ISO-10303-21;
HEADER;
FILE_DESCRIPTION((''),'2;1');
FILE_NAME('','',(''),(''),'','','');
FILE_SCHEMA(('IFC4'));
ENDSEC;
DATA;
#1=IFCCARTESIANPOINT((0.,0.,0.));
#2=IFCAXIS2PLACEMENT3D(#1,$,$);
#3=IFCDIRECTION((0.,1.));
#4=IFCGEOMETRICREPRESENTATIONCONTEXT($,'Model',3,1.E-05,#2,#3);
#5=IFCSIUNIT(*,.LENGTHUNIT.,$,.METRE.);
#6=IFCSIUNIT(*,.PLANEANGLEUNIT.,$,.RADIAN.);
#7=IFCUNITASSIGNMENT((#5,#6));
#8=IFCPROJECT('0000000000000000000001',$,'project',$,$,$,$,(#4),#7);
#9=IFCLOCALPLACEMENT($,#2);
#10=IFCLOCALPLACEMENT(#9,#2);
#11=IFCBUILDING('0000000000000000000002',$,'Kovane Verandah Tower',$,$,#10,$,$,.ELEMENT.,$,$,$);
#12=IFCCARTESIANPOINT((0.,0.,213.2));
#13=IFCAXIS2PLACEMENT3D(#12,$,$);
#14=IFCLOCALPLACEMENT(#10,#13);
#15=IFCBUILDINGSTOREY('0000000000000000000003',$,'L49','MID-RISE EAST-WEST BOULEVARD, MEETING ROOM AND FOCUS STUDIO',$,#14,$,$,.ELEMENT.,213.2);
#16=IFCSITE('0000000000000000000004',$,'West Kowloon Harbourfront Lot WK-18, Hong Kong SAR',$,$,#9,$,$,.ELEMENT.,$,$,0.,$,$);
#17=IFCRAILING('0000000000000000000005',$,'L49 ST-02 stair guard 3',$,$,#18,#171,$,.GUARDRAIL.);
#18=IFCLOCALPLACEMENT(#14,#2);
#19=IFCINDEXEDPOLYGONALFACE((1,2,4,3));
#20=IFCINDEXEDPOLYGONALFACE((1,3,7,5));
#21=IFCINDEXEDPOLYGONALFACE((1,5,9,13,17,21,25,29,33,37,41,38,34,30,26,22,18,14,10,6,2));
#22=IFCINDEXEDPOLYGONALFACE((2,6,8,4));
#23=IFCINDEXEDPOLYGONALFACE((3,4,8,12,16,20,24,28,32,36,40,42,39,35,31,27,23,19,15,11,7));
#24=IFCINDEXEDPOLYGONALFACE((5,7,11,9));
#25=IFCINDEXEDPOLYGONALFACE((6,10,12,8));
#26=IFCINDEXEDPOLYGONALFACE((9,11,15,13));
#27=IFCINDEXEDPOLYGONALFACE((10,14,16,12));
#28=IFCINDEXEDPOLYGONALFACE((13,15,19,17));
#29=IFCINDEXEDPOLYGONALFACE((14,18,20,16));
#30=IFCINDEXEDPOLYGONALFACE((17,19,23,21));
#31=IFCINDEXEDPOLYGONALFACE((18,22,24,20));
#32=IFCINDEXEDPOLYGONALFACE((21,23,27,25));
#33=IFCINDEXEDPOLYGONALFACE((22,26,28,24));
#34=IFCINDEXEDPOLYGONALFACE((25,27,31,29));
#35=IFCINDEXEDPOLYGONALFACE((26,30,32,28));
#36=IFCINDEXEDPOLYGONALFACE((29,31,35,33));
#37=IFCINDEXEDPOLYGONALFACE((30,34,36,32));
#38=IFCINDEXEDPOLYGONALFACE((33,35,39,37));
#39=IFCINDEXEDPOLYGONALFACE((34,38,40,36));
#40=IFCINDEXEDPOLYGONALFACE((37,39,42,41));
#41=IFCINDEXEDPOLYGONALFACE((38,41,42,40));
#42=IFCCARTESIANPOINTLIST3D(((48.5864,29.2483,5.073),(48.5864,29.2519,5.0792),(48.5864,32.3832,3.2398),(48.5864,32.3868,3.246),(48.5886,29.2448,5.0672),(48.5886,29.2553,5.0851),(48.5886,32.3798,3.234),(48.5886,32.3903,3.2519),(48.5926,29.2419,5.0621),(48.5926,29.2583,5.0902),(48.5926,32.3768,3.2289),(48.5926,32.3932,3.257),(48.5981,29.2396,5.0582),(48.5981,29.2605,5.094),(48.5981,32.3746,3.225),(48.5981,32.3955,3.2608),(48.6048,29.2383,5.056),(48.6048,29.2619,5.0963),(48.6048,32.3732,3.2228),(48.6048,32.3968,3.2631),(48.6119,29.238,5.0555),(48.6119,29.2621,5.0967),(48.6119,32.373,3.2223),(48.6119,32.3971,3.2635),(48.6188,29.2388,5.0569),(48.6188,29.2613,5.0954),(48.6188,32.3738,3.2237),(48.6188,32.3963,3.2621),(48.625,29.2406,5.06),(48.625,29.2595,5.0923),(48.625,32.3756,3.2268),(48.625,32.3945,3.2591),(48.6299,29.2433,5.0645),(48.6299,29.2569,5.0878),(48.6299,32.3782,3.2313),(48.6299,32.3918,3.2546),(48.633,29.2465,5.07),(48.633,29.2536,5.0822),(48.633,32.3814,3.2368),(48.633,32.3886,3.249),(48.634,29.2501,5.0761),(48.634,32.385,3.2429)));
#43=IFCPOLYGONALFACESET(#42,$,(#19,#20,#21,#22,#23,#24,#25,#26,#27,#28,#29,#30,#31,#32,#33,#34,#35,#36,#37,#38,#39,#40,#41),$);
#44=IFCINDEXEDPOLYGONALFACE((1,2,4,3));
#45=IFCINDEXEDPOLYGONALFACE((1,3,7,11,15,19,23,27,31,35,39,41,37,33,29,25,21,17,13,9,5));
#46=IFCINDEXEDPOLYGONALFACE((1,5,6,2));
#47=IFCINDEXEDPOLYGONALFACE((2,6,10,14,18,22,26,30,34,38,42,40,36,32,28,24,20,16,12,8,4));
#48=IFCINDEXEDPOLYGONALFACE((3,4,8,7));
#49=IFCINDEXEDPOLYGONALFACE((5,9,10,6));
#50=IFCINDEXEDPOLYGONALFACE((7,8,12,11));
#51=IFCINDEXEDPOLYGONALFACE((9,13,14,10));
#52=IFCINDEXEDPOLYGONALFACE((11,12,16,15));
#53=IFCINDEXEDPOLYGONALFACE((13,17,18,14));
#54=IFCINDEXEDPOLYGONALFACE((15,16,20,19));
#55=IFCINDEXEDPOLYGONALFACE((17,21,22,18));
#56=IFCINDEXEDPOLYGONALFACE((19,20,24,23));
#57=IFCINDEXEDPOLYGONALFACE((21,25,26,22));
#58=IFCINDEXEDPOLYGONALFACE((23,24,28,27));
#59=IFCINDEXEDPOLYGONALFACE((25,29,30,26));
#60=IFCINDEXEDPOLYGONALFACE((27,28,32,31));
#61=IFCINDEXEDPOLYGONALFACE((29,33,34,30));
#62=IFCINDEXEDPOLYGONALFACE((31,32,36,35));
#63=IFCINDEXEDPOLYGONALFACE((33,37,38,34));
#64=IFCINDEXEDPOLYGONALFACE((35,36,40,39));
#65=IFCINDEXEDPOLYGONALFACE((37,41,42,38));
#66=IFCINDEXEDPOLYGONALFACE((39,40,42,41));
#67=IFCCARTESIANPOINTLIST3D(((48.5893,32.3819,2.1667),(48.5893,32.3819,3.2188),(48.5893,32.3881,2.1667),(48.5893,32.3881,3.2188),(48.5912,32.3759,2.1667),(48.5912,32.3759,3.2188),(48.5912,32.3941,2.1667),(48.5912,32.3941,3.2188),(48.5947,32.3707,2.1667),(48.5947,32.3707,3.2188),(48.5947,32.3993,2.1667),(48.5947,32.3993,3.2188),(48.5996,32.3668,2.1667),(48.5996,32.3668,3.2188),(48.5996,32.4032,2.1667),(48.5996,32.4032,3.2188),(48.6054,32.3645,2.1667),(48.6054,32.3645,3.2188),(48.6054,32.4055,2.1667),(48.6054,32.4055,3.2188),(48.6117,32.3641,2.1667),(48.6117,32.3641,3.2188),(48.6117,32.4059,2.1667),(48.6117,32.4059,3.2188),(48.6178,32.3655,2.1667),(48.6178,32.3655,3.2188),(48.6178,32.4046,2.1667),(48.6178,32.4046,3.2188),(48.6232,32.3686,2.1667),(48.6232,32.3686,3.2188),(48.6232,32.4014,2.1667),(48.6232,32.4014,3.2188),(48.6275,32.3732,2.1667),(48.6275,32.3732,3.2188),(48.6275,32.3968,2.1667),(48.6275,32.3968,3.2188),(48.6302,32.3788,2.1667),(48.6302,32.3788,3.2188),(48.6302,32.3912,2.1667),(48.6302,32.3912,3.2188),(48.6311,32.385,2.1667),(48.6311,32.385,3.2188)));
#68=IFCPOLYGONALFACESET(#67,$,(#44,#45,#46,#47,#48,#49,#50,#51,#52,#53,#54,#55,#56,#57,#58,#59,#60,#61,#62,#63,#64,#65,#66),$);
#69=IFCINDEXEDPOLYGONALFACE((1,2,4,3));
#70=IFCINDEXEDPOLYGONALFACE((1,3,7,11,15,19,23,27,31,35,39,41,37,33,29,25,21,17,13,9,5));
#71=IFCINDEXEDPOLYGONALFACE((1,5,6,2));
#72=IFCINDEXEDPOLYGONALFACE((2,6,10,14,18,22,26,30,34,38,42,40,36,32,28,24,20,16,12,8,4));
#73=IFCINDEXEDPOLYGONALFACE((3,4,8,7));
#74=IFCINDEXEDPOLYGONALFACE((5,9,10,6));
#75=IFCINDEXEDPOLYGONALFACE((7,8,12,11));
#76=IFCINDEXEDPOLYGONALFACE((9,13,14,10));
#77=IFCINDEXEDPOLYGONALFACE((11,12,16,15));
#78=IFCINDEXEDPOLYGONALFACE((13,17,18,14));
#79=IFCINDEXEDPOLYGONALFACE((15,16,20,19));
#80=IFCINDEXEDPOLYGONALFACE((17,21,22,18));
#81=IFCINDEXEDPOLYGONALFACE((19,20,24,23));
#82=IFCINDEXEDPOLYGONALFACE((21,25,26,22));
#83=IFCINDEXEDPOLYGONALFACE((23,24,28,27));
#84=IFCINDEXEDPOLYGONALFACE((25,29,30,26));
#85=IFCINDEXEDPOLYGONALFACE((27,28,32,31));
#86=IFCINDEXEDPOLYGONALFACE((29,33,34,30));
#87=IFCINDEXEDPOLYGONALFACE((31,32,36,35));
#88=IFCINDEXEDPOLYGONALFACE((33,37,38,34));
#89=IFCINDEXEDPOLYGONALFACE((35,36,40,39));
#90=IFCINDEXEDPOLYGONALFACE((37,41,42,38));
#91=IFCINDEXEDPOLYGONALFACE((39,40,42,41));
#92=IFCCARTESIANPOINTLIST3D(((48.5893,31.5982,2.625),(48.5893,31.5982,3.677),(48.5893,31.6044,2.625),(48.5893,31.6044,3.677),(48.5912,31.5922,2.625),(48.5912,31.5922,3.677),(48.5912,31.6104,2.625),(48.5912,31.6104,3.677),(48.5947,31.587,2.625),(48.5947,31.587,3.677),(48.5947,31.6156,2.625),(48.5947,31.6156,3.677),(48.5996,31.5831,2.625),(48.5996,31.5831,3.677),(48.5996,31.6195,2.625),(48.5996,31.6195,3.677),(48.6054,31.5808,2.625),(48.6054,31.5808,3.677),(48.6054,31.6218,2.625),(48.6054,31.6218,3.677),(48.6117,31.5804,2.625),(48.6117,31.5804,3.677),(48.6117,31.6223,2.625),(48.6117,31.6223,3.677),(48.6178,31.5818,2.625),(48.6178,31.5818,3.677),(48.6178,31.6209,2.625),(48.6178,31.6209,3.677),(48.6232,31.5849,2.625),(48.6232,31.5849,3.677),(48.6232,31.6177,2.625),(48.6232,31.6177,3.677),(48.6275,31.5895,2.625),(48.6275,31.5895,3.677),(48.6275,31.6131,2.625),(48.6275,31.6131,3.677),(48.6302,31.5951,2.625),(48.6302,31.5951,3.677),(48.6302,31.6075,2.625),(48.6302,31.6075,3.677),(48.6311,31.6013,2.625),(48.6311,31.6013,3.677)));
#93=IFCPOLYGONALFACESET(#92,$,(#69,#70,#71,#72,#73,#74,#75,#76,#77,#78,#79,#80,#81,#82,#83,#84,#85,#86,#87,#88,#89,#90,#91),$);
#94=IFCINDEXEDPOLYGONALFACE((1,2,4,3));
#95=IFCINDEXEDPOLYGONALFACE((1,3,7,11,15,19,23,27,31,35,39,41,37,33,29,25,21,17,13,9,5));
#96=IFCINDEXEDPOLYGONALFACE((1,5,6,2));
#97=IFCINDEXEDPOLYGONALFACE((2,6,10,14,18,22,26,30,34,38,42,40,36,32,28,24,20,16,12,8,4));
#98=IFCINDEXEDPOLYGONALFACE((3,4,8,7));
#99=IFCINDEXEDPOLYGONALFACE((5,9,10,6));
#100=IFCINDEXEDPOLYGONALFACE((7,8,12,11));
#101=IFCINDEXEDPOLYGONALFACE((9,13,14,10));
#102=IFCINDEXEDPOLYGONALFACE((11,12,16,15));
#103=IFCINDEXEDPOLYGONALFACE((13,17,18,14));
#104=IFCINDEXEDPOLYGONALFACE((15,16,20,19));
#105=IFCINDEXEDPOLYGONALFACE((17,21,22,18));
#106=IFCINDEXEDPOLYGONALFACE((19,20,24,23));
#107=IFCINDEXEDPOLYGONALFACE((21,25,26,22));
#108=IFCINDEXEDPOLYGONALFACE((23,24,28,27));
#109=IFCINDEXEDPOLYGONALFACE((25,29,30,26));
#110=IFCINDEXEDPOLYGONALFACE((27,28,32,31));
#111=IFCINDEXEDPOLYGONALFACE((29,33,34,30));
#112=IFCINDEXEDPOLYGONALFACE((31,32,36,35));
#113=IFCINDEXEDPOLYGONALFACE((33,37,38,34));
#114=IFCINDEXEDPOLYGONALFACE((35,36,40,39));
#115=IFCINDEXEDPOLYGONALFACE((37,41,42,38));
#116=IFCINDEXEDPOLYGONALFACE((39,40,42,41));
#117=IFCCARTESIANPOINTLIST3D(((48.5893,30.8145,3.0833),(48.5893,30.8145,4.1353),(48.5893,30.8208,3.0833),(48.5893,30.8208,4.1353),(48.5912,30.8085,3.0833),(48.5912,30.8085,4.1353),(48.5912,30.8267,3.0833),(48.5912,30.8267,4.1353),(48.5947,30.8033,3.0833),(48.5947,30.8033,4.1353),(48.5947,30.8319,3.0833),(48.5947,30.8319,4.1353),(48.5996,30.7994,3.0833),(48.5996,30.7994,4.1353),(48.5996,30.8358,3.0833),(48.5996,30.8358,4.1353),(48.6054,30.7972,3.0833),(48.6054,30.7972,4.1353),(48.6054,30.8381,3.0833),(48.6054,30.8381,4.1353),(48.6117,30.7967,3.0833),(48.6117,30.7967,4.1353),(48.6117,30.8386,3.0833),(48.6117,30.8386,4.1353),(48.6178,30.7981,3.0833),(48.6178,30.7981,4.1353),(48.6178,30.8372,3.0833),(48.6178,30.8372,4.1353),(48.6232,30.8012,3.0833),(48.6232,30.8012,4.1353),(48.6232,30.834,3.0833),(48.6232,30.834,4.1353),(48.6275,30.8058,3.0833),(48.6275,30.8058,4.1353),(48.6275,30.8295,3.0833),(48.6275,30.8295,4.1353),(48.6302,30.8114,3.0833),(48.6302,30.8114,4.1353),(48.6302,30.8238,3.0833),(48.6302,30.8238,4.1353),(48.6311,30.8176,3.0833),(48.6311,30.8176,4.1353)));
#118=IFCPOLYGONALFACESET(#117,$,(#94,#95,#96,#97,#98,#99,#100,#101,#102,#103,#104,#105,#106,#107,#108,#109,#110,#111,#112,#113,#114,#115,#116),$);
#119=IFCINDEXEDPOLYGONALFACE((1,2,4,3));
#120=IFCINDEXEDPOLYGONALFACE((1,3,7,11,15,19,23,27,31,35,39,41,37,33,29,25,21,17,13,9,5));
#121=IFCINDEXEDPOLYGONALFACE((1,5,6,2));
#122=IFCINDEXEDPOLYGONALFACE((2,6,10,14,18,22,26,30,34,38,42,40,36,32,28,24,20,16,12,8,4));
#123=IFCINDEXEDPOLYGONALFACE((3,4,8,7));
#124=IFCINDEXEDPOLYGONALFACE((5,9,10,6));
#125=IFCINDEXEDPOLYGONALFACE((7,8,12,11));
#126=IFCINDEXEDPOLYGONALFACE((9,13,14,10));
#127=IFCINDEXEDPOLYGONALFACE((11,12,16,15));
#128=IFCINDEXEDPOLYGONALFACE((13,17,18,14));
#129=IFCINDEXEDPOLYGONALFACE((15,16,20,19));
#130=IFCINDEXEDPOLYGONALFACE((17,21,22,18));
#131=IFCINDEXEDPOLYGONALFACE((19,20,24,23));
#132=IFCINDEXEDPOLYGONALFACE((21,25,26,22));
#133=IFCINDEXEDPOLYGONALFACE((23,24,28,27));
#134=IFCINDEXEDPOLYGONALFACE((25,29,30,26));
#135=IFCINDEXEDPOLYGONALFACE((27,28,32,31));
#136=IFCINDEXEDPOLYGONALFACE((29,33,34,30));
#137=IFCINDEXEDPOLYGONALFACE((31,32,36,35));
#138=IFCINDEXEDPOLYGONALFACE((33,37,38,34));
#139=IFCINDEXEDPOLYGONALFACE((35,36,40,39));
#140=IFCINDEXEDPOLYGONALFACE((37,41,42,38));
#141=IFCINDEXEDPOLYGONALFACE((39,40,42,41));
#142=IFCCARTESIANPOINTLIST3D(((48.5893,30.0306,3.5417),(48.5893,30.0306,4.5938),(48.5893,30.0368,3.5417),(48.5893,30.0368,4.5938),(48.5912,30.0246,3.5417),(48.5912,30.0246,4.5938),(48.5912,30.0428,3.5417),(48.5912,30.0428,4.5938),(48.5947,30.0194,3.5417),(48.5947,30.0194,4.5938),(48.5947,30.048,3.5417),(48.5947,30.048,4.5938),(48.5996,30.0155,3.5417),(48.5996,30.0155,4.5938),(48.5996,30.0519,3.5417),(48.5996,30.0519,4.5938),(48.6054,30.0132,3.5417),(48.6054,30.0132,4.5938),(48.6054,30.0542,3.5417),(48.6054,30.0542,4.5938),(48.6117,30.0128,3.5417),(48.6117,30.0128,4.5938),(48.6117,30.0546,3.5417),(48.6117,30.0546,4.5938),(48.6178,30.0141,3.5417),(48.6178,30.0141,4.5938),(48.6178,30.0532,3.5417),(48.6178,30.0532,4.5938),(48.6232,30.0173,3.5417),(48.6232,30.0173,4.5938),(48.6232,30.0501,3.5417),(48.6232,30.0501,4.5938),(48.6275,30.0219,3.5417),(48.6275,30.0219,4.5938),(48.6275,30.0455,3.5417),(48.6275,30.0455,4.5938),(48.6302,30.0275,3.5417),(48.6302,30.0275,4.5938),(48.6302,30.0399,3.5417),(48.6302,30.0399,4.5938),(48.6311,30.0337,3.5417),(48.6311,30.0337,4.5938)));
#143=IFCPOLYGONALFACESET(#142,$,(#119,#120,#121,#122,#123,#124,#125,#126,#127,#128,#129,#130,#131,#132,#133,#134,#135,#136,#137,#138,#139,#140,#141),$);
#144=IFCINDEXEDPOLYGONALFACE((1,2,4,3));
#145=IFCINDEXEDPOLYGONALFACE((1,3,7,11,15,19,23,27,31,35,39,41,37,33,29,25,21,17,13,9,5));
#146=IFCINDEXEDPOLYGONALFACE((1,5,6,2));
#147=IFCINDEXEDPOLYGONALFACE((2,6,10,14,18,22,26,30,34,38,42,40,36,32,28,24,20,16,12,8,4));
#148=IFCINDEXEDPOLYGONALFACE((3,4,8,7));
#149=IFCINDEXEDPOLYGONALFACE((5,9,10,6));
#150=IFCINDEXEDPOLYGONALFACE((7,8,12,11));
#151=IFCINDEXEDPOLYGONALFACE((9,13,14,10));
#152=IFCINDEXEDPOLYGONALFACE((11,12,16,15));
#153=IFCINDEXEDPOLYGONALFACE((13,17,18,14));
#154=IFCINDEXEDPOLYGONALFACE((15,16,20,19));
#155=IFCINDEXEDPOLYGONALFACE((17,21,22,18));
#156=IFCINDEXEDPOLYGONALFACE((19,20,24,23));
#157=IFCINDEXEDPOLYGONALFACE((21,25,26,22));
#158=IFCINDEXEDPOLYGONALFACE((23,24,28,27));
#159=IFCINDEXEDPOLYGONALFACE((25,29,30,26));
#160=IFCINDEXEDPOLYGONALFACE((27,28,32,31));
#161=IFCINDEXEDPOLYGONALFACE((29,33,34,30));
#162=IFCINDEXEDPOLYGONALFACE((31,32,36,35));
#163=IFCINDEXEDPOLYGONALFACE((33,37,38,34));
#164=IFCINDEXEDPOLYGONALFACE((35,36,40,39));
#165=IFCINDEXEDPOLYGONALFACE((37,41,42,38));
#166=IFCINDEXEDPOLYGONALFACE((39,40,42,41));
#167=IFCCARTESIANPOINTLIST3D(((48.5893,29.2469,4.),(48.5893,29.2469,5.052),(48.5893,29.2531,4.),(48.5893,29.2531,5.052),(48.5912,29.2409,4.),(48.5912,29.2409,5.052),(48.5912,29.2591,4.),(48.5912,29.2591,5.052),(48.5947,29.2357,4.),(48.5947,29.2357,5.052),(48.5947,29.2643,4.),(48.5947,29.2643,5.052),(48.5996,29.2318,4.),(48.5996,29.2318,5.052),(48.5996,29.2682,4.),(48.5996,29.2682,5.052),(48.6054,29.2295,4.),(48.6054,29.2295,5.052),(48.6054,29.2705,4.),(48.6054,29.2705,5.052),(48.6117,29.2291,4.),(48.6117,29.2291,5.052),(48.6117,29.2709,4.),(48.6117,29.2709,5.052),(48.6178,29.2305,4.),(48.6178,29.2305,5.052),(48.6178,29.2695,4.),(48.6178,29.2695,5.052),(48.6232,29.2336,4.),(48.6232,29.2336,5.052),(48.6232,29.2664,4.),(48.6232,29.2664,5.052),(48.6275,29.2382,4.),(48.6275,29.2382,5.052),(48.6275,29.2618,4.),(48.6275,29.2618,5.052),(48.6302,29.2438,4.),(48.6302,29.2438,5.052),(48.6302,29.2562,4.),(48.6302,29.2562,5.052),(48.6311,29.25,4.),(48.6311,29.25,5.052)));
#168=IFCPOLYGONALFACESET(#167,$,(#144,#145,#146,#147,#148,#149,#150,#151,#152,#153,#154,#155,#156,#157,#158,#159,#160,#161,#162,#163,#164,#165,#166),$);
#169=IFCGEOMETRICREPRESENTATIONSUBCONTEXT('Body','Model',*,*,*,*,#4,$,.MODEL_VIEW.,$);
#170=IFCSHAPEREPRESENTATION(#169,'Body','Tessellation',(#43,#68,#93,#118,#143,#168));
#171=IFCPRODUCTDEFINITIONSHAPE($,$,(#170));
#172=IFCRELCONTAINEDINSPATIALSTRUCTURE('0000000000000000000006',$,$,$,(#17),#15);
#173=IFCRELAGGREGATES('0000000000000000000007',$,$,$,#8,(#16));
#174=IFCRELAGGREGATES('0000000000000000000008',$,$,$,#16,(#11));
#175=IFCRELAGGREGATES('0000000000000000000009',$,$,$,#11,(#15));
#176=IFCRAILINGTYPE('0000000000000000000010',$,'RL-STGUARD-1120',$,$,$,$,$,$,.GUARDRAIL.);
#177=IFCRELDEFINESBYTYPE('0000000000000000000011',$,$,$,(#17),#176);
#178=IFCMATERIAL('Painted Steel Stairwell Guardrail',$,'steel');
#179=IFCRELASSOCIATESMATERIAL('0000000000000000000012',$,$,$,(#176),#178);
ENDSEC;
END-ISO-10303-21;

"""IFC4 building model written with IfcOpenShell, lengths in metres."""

from ifc_helpers import new_model, si_unit, direction, frame, origin, origin_2d, place, context, subcontext, project, spatial, circle, extrude, material, type_object, element, save


model = new_model("IFC4")

# Units and contexts
model_context = context("Model", 3, precision=1e-05, world=origin(), true_north=direction((0.0, 1.0)))
body_context = subcontext(model_context, "Body", "Model", "MODEL_VIEW")
ifc_project = project(units=[si_unit("LENGTHUNIT", "METRE"), si_unit("PLANEANGLEUNIT", "RADIAN")], contexts=[model_context])

# Site, building, storey
site_placement = place(None, origin())
site = spatial("IfcSite", under=ifc_project, at=site_placement, Name="West Kowloon Harbourfront Lot WK-18, Hong Kong SAR", CompositionType="ELEMENT", RefElevation=0.0)
building_placement = place(site_placement, origin())
building = spatial("IfcBuilding", under=site, at=building_placement, Name="Kovane Verandah Tower", CompositionType="ELEMENT")
storey_placement = place(building_placement, frame((0.0, 0.0, 213.2)))
storey = spatial("IfcBuildingStorey", under=building, at=storey_placement, Name="L49", Description="MID-RISE EAST-WEST BOULEVARD, MEETING ROOM AND FOCUS STUDIO", CompositionType="ELEMENT", Elevation=213.2)

# Railing
ifc_material_1 = material(Name="Painted Steel Stairwell Guardrail", Category="steel")
railing_type_1 = type_object("IfcRailingType", Name="RL-STGUARD-1120", PredefinedType="GUARDRAIL", material=ifc_material_1)
railing_1_placement = place(storey_placement, frame((48.6101, 32.385, 2.1667)))
element("IfcRailing", 1, at=railing_1_placement, inside=storey, type_object=railing_type_1, Name="L49 ST-02 stair guard 3", PredefinedType="GUARDRAIL", context=body_context, shape_type="SweptSolid", body=[
    extrude(circle(Radius=0.0239, at=origin_2d()), frame((0.0, 0.0, 1.0762), z_axis=(0.0, -0.86324, 0.504794), x_axis=(1.0, 0.0, 0.0)), (0.0, 0.0, 1.0), 3.6316),
    extrude(circle(Radius=0.021, at=origin_2d()), origin(), (0.0, 0.0, 1.0), 1.052),
    extrude(circle(Radius=0.021, at=origin_2d()), frame((0.0, -0.7837, 0.4583)), (0.0, 0.0, 1.0), 1.052),
    extrude(circle(Radius=0.021, at=origin_2d()), frame((0.0, -1.5674, 0.9165)), (0.0, 0.0, 1.0), 1.052),
    extrude(circle(Radius=0.021, at=origin_2d()), frame((0.0, -2.3513, 1.375)), (0.0, 0.0, 1.0), 1.052),
    extrude(circle(Radius=0.021, at=origin_2d()), frame((0.0, -3.135, 1.8333)), (0.0, 0.0, 1.0), 1.052),
])

save(model, "model.ifc")
